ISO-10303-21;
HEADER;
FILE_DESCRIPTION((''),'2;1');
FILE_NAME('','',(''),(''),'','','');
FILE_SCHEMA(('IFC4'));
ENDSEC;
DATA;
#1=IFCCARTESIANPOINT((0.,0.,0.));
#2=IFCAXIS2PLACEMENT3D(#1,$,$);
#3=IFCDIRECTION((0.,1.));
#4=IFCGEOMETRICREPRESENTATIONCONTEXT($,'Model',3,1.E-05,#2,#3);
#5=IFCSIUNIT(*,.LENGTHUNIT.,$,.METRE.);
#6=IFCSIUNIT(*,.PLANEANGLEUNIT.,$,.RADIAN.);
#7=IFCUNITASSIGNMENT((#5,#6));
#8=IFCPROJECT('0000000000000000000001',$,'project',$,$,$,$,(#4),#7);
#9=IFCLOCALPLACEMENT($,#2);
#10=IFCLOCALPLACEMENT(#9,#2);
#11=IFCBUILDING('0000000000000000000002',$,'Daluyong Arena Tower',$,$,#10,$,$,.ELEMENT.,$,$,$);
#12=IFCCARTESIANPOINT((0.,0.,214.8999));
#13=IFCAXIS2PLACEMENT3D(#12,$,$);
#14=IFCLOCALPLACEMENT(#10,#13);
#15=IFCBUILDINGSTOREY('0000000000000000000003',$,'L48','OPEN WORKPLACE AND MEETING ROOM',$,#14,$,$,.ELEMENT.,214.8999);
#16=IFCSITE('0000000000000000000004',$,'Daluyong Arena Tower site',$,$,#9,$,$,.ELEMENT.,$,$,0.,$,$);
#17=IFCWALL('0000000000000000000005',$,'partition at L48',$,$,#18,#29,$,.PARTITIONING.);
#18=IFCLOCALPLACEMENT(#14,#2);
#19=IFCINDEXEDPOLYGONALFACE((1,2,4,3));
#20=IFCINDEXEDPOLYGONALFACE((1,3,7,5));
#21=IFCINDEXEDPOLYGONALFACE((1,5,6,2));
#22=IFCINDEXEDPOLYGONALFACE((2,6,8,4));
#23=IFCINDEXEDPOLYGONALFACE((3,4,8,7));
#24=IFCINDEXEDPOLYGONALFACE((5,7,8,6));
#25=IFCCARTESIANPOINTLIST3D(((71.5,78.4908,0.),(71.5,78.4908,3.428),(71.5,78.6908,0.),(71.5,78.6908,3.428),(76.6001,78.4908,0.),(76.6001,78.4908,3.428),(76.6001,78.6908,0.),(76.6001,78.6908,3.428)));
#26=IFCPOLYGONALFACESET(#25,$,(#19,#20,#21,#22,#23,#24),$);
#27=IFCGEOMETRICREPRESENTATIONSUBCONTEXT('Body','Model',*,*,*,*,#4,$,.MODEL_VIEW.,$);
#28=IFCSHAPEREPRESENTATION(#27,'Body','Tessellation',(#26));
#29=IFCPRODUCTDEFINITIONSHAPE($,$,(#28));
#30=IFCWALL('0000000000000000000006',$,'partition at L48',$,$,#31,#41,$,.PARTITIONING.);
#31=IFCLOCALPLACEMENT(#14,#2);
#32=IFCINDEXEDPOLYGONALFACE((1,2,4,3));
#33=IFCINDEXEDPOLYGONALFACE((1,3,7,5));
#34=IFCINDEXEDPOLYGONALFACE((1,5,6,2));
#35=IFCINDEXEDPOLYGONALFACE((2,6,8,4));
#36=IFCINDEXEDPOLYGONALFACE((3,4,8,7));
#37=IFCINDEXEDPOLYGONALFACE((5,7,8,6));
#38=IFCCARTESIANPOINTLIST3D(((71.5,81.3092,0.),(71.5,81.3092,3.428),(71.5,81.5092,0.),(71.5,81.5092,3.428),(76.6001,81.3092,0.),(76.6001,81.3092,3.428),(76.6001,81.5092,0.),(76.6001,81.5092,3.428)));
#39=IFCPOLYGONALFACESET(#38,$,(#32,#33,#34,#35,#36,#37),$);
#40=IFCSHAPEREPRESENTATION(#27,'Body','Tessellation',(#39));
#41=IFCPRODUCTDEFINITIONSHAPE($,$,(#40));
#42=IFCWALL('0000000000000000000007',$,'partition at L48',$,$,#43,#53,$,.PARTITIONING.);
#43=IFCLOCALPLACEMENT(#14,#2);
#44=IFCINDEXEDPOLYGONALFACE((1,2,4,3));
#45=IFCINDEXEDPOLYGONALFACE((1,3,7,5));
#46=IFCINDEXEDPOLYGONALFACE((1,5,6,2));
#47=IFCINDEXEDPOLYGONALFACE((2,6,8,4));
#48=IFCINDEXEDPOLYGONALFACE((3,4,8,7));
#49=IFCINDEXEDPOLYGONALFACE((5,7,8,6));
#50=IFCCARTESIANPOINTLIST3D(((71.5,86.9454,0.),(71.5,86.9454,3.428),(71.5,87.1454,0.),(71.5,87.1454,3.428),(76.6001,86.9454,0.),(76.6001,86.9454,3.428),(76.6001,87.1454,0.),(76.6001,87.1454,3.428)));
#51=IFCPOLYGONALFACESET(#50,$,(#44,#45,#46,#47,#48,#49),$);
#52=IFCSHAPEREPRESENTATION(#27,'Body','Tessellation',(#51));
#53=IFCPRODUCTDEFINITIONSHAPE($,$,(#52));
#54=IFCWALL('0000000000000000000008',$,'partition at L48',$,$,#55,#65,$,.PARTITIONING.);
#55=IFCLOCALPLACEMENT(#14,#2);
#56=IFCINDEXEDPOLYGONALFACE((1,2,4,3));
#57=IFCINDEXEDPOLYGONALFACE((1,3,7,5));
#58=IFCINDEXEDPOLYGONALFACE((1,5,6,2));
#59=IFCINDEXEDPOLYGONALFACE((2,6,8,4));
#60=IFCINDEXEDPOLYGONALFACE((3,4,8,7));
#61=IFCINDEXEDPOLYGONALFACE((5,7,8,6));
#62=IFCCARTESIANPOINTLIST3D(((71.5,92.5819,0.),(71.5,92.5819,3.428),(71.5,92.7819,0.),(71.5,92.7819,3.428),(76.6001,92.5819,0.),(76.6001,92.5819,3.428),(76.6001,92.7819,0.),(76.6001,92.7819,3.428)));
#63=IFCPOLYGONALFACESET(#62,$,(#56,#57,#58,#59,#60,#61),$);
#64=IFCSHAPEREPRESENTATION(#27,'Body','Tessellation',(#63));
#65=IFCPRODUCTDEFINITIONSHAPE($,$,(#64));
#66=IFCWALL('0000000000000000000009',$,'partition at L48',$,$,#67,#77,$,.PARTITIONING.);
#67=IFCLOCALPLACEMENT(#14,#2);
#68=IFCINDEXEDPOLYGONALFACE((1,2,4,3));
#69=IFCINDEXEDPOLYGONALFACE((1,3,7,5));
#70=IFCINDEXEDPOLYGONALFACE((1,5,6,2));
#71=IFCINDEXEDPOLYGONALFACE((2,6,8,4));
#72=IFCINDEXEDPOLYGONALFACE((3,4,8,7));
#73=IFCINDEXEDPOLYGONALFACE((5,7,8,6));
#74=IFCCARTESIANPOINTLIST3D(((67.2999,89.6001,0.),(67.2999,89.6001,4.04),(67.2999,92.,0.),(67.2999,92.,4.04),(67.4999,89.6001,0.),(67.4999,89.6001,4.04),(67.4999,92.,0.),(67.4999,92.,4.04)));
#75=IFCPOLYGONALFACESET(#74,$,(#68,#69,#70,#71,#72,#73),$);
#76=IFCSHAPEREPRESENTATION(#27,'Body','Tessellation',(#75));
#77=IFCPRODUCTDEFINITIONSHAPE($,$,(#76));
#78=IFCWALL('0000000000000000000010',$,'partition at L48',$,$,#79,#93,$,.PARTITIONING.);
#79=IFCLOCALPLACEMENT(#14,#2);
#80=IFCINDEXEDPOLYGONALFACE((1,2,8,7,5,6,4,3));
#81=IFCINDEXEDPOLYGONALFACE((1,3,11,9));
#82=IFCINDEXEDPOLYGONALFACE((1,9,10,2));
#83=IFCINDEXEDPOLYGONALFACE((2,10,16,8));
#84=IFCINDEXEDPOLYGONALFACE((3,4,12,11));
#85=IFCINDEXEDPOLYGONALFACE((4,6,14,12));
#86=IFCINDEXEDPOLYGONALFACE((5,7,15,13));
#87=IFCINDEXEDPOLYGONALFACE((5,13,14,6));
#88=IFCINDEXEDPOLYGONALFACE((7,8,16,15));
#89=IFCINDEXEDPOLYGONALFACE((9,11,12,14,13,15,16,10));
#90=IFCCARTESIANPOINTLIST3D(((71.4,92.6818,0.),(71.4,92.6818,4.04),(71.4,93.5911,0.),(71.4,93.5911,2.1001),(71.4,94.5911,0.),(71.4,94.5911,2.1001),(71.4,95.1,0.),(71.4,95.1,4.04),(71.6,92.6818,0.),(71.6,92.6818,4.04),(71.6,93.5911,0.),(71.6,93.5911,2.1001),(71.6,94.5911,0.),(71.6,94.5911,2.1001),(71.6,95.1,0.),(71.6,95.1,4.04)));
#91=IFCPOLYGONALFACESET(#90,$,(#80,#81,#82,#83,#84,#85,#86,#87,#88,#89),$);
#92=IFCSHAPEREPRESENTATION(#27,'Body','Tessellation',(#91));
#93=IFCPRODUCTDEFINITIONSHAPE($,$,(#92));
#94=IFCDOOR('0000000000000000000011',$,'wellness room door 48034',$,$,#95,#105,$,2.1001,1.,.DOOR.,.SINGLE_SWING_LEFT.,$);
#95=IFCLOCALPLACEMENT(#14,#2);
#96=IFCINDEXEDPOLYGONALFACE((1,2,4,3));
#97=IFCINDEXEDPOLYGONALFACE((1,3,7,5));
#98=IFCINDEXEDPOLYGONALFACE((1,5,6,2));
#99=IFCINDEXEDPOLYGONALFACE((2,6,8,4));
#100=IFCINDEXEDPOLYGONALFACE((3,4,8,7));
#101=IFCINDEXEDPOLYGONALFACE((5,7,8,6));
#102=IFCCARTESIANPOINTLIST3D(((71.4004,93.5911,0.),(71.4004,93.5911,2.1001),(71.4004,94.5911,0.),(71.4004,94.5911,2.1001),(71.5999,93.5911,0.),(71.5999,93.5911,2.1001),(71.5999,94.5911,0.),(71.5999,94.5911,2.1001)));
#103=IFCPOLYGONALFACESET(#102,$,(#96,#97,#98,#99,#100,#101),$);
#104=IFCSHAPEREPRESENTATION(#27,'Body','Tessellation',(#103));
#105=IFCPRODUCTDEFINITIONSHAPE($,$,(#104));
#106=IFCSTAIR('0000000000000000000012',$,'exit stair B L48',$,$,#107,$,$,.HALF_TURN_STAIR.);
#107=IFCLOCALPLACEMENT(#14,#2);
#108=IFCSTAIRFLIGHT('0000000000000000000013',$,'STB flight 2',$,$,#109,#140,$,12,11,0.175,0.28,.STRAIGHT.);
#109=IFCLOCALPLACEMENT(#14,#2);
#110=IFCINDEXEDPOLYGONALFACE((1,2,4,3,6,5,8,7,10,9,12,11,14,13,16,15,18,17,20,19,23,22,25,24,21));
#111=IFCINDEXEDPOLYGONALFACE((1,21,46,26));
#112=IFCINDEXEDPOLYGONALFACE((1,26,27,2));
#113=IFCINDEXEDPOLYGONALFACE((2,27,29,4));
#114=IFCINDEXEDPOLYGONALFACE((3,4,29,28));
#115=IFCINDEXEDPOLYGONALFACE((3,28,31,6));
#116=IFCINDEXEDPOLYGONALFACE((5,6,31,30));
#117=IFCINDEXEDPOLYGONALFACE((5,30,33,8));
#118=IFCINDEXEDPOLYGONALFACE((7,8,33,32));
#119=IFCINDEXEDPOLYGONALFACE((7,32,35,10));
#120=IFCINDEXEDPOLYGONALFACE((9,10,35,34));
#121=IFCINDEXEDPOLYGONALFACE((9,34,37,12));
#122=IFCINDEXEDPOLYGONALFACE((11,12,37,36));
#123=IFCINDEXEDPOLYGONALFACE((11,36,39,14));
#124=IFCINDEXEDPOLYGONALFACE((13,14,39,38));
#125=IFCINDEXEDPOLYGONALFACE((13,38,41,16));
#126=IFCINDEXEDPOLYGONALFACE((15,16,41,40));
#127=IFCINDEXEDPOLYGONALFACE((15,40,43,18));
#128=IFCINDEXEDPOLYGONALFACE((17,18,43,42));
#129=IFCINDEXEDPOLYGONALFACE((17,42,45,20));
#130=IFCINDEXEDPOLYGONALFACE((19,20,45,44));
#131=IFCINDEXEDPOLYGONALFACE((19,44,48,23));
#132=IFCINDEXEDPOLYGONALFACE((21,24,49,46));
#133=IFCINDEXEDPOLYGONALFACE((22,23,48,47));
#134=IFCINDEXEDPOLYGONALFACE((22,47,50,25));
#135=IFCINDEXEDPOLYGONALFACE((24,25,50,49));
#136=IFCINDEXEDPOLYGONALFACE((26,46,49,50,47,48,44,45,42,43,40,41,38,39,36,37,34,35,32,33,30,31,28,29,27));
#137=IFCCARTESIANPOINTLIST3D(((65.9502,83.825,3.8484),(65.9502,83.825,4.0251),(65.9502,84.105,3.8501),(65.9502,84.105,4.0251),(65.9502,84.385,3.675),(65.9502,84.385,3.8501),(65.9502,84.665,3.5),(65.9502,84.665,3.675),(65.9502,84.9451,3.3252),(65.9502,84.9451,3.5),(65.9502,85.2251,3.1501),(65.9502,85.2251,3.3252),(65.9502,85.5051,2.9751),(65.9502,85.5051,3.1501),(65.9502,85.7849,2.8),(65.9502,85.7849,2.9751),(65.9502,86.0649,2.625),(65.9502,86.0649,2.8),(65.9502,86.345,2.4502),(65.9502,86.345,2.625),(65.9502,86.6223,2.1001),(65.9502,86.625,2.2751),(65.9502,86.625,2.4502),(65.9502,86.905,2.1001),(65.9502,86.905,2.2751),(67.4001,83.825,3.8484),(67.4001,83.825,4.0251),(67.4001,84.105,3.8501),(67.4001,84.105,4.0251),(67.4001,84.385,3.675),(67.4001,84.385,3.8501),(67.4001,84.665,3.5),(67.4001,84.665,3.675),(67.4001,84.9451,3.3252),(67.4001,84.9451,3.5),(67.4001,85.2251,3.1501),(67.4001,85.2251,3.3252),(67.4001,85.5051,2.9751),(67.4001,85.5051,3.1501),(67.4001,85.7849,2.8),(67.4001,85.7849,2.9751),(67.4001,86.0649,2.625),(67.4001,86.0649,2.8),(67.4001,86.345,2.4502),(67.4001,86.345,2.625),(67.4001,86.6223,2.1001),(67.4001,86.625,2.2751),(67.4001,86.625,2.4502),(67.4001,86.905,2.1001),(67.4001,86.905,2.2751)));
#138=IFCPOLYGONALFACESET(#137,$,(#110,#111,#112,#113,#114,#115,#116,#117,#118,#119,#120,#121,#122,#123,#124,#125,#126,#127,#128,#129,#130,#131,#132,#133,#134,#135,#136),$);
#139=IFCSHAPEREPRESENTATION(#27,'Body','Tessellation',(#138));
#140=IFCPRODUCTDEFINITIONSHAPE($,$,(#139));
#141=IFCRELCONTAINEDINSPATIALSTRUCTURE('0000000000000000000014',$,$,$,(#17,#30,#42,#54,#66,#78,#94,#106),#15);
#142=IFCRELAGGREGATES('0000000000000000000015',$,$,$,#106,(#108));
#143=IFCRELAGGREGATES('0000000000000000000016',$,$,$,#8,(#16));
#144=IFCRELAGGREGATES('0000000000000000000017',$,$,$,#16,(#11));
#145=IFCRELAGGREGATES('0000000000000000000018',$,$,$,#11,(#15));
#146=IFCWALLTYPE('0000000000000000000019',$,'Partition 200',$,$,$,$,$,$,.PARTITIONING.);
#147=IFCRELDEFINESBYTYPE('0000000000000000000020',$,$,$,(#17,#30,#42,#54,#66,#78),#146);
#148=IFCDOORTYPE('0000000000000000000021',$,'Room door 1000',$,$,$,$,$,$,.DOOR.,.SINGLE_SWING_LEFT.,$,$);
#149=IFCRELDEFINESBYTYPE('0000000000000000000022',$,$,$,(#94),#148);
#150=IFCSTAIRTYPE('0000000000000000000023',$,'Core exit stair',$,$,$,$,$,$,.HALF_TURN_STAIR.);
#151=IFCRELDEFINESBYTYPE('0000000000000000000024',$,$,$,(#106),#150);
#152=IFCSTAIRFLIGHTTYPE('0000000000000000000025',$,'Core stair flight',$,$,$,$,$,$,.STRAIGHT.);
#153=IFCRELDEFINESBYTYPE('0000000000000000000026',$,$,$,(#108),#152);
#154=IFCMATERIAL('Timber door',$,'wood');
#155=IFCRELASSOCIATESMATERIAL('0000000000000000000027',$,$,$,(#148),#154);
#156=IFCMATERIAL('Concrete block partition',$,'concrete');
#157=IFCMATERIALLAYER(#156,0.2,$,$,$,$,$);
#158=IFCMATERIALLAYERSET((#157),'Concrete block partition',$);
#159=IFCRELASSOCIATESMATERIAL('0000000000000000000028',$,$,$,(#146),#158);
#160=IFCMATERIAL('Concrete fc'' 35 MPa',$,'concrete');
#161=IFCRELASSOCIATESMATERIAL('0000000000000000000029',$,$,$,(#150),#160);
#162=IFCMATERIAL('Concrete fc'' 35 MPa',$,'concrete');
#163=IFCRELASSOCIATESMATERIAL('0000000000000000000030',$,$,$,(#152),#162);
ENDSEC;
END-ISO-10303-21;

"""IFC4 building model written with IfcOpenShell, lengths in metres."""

from ifc_helpers import new_model, si_unit, direction, frame, frame_2d, origin, place, context, subcontext, project, spatial, polyline, rectangle, outline, extrude, material, layer, layer_set, type_object, element, fill, aggregate, save


model = new_model("IFC4")

# Units and contexts
model_context = context("Model", 3, precision=1e-05, world=origin(), true_north=direction((0.0, 1.0)))
body_context = subcontext(model_context, "Body", "Model", "MODEL_VIEW")
ifc_project = project(units=[si_unit("LENGTHUNIT", "METRE"), si_unit("PLANEANGLEUNIT", "RADIAN")], contexts=[model_context])

# Site, building, storey
site_placement = place(None, origin())
site = spatial("IfcSite", under=ifc_project, at=site_placement, Name="Daluyong Arena Tower site", CompositionType="ELEMENT", RefElevation=0.0)
building_placement = place(site_placement, origin())
building = spatial("IfcBuilding", under=site, at=building_placement, Name="Daluyong Arena Tower", CompositionType="ELEMENT")
storey_placement = place(building_placement, frame((0.0, 0.0, 214.8999)))
storey = spatial("IfcBuildingStorey", under=building, at=storey_placement, Name="L48", Description="OPEN WORKPLACE AND MEETING ROOM", CompositionType="ELEMENT", Elevation=214.8999)

# Shared definitions
ifc_material_1 = material(Name="Timber door", Category="wood")
door_type = type_object("IfcDoorType", Name="Room door 1000", OperationType="SINGLE_SWING_LEFT", PredefinedType="DOOR", material=ifc_material_1)

# Walls
ifc_material_2 = material(Name="Concrete block partition", Category="concrete")
ifc_layer_1 = layer(ifc_material_2, 0.2)
ifc_layer_set_1 = layer_set([ifc_layer_1], Name="Concrete block partition")
wall_type_1 = type_object("IfcWallType", Name="Partition 200", PredefinedType="PARTITIONING", material=ifc_layer_set_1)
for number, where, z_axis, x_axis, name in (
    (1, (71.5, 78.5908, 0.0), (0.0, 0.0, 1.0), (1.0, 0.0, 0.0), "partition at L48"),
    (2, (71.5, 81.4092, 0.0), (0.0, 0.0, 1.0), (1.0, 0.0, 0.0), "partition at L48"),
    (3, (71.5, 87.0454, 0.0), (0.0, 0.0, 1.0), (1.0, 0.0, 0.0), "partition at L48"),
    (4, (71.5, 92.6819, 0.0), (0.0, 0.0, 1.0), (1.0, 0.0, 0.0), "partition at L48"),
):
    element("IfcWall", number, at=place(storey_placement, frame(where, z_axis=z_axis, x_axis=x_axis)), inside=storey, type_object=wall_type_1, Name=name, PredefinedType="PARTITIONING", context=body_context, shape_type="SweptSolid", body=[
        extrude(rectangle(XDim=5.1001, YDim=0.2, at=frame_2d((2.55, 0.0))), origin(), (0.0, 0.0, 1.0), 3.428),
    ])
wall_1_placement = place(storey_placement, frame((67.3999, 89.6001, 0.0), z_axis=(0.0, 0.0, 1.0), x_axis=(0.0, 1.0, 0.0)))
element("IfcWall", 5, at=wall_1_placement, inside=storey, type_object=wall_type_1, Name="partition at L48", PredefinedType="PARTITIONING", context=body_context, shape_type="SweptSolid", body=[
    extrude(rectangle(XDim=2.3999, YDim=0.2, at=frame_2d((1.2, 0.0))), origin(), (0.0, 0.0, 1.0), 4.04),
])

# Wall, opening, door
wall_2_placement = place(storey_placement, frame((71.5, 92.6819, 0.0), z_axis=(0.0, 0.0, 1.0), x_axis=(0.0, 1.0, 0.0)))
wall_2 = element("IfcWall", 6, at=wall_2_placement, inside=storey, type_object=wall_type_1, Name="partition at L48", PredefinedType="PARTITIONING", context=body_context, shape_type="SweptSolid", body=[
    extrude(rectangle(XDim=2.4182, YDim=0.2, at=frame_2d((1.209, 0.0))), origin(), (0.0, 0.0, 1.0), 4.04),
])
opening_1_placement = place(wall_2_placement, frame((0.9092, 0.0, 0.0)))
opening_1 = element("IfcOpeningElement", 7, at=opening_1_placement, cuts=wall_2, PredefinedType="OPENING", context=body_context, shape_type="SweptSolid", body=[
    extrude(rectangle(XDim=1.0, YDim=2.1001, at=frame_2d((0.5, 1.05))), frame((0.0, 0.1099, 0.0), z_axis=(0.0, -1.0, 0.0), x_axis=(1.0, 0.0, 0.0)), (0.0, 0.0, 1.0), 0.22),
])
door_1_placement = place(opening_1_placement, origin())
door_1 = element("IfcDoor", 8, at=door_1_placement, inside=storey, type_object=door_type, Name="wellness room door 48034", OperationType="SINGLE_SWING_LEFT", OverallHeight=2.1001, OverallWidth=1.0, PredefinedType="DOOR", context=body_context, shape_type="SweptSolid", body=[
    extrude(rectangle(XDim=1.0, YDim=2.1001, at=frame_2d((0.5, 1.05))), frame((0.0, 0.0996, 0.0), z_axis=(0.0, -1.0, 0.0), x_axis=(1.0, 0.0, 0.0)), (0.0, 0.0, 1.0), 0.1995),
])
fill(opening_1, door_1)

# Stair, stair flight
ifc_material_3 = material(Name="Concrete fc' 35 MPa", Category="concrete")
stair_type = type_object("IfcStairType", Name="Core exit stair", PredefinedType="HALF_TURN_STAIR", material=ifc_material_3)
stair_placement = place(storey_placement, origin())
stair = element("IfcStair", 9, at=stair_placement, inside=storey, type_object=stair_type, Name="exit stair B L48", PredefinedType="HALF_TURN_STAIR")
ifc_material_4 = material(Name="Concrete fc' 35 MPa", Category="concrete")
stair_flight_type = type_object("IfcStairFlightType", Name="Core stair flight", PredefinedType="STRAIGHT", material=ifc_material_4)
stair_flight_placement = place(storey_placement, frame((66.675, 86.905, 2.1001), z_axis=(0.0, 0.0, 1.0), x_axis=(0.0, -1.0, 0.0)))
stair_flight = element("IfcStairFlight", 10, at=stair_flight_placement, type_object=stair_flight_type, Name="STB flight 2", NumberOfRisers=12, NumberOfTreads=11, PredefinedType="STRAIGHT", RiserHeight=0.175, TreadLength=0.28, context=body_context, shape_type="SweptSolid", body=[
    extrude(outline(polyline([(0.0, 0.0), (0.0, 0.175), (0.28, 0.175), (0.28, 0.3501), (0.5601, 0.3501), (0.5601, 0.5249), (0.8401, 0.5249), (0.8401, 0.7), (1.1201, 0.7), (1.1201, 0.875), (1.3999, 0.875), (1.3999, 1.05), (1.6799, 1.05), (1.6799, 1.2251), (1.96, 1.2251), (1.96, 1.3999), (2.24, 1.3999), (2.24, 1.575), (2.52, 1.575), (2.52, 1.75), (2.8, 1.75), (2.8, 1.925), (3.0801, 1.925), (3.0801, 2.1001), (3.0801, 1.7483), (0.2827, 0.0), (0.0, 0.0)])), frame((0.0, 0.7251, 0.0), z_axis=(0.0, -1.0, 0.0), x_axis=(1.0, 0.0, 0.0)), (0.0, 0.0, 1.0), 1.45),
])
aggregate(stair, [stair_flight])

save(model, "model.ifc")
